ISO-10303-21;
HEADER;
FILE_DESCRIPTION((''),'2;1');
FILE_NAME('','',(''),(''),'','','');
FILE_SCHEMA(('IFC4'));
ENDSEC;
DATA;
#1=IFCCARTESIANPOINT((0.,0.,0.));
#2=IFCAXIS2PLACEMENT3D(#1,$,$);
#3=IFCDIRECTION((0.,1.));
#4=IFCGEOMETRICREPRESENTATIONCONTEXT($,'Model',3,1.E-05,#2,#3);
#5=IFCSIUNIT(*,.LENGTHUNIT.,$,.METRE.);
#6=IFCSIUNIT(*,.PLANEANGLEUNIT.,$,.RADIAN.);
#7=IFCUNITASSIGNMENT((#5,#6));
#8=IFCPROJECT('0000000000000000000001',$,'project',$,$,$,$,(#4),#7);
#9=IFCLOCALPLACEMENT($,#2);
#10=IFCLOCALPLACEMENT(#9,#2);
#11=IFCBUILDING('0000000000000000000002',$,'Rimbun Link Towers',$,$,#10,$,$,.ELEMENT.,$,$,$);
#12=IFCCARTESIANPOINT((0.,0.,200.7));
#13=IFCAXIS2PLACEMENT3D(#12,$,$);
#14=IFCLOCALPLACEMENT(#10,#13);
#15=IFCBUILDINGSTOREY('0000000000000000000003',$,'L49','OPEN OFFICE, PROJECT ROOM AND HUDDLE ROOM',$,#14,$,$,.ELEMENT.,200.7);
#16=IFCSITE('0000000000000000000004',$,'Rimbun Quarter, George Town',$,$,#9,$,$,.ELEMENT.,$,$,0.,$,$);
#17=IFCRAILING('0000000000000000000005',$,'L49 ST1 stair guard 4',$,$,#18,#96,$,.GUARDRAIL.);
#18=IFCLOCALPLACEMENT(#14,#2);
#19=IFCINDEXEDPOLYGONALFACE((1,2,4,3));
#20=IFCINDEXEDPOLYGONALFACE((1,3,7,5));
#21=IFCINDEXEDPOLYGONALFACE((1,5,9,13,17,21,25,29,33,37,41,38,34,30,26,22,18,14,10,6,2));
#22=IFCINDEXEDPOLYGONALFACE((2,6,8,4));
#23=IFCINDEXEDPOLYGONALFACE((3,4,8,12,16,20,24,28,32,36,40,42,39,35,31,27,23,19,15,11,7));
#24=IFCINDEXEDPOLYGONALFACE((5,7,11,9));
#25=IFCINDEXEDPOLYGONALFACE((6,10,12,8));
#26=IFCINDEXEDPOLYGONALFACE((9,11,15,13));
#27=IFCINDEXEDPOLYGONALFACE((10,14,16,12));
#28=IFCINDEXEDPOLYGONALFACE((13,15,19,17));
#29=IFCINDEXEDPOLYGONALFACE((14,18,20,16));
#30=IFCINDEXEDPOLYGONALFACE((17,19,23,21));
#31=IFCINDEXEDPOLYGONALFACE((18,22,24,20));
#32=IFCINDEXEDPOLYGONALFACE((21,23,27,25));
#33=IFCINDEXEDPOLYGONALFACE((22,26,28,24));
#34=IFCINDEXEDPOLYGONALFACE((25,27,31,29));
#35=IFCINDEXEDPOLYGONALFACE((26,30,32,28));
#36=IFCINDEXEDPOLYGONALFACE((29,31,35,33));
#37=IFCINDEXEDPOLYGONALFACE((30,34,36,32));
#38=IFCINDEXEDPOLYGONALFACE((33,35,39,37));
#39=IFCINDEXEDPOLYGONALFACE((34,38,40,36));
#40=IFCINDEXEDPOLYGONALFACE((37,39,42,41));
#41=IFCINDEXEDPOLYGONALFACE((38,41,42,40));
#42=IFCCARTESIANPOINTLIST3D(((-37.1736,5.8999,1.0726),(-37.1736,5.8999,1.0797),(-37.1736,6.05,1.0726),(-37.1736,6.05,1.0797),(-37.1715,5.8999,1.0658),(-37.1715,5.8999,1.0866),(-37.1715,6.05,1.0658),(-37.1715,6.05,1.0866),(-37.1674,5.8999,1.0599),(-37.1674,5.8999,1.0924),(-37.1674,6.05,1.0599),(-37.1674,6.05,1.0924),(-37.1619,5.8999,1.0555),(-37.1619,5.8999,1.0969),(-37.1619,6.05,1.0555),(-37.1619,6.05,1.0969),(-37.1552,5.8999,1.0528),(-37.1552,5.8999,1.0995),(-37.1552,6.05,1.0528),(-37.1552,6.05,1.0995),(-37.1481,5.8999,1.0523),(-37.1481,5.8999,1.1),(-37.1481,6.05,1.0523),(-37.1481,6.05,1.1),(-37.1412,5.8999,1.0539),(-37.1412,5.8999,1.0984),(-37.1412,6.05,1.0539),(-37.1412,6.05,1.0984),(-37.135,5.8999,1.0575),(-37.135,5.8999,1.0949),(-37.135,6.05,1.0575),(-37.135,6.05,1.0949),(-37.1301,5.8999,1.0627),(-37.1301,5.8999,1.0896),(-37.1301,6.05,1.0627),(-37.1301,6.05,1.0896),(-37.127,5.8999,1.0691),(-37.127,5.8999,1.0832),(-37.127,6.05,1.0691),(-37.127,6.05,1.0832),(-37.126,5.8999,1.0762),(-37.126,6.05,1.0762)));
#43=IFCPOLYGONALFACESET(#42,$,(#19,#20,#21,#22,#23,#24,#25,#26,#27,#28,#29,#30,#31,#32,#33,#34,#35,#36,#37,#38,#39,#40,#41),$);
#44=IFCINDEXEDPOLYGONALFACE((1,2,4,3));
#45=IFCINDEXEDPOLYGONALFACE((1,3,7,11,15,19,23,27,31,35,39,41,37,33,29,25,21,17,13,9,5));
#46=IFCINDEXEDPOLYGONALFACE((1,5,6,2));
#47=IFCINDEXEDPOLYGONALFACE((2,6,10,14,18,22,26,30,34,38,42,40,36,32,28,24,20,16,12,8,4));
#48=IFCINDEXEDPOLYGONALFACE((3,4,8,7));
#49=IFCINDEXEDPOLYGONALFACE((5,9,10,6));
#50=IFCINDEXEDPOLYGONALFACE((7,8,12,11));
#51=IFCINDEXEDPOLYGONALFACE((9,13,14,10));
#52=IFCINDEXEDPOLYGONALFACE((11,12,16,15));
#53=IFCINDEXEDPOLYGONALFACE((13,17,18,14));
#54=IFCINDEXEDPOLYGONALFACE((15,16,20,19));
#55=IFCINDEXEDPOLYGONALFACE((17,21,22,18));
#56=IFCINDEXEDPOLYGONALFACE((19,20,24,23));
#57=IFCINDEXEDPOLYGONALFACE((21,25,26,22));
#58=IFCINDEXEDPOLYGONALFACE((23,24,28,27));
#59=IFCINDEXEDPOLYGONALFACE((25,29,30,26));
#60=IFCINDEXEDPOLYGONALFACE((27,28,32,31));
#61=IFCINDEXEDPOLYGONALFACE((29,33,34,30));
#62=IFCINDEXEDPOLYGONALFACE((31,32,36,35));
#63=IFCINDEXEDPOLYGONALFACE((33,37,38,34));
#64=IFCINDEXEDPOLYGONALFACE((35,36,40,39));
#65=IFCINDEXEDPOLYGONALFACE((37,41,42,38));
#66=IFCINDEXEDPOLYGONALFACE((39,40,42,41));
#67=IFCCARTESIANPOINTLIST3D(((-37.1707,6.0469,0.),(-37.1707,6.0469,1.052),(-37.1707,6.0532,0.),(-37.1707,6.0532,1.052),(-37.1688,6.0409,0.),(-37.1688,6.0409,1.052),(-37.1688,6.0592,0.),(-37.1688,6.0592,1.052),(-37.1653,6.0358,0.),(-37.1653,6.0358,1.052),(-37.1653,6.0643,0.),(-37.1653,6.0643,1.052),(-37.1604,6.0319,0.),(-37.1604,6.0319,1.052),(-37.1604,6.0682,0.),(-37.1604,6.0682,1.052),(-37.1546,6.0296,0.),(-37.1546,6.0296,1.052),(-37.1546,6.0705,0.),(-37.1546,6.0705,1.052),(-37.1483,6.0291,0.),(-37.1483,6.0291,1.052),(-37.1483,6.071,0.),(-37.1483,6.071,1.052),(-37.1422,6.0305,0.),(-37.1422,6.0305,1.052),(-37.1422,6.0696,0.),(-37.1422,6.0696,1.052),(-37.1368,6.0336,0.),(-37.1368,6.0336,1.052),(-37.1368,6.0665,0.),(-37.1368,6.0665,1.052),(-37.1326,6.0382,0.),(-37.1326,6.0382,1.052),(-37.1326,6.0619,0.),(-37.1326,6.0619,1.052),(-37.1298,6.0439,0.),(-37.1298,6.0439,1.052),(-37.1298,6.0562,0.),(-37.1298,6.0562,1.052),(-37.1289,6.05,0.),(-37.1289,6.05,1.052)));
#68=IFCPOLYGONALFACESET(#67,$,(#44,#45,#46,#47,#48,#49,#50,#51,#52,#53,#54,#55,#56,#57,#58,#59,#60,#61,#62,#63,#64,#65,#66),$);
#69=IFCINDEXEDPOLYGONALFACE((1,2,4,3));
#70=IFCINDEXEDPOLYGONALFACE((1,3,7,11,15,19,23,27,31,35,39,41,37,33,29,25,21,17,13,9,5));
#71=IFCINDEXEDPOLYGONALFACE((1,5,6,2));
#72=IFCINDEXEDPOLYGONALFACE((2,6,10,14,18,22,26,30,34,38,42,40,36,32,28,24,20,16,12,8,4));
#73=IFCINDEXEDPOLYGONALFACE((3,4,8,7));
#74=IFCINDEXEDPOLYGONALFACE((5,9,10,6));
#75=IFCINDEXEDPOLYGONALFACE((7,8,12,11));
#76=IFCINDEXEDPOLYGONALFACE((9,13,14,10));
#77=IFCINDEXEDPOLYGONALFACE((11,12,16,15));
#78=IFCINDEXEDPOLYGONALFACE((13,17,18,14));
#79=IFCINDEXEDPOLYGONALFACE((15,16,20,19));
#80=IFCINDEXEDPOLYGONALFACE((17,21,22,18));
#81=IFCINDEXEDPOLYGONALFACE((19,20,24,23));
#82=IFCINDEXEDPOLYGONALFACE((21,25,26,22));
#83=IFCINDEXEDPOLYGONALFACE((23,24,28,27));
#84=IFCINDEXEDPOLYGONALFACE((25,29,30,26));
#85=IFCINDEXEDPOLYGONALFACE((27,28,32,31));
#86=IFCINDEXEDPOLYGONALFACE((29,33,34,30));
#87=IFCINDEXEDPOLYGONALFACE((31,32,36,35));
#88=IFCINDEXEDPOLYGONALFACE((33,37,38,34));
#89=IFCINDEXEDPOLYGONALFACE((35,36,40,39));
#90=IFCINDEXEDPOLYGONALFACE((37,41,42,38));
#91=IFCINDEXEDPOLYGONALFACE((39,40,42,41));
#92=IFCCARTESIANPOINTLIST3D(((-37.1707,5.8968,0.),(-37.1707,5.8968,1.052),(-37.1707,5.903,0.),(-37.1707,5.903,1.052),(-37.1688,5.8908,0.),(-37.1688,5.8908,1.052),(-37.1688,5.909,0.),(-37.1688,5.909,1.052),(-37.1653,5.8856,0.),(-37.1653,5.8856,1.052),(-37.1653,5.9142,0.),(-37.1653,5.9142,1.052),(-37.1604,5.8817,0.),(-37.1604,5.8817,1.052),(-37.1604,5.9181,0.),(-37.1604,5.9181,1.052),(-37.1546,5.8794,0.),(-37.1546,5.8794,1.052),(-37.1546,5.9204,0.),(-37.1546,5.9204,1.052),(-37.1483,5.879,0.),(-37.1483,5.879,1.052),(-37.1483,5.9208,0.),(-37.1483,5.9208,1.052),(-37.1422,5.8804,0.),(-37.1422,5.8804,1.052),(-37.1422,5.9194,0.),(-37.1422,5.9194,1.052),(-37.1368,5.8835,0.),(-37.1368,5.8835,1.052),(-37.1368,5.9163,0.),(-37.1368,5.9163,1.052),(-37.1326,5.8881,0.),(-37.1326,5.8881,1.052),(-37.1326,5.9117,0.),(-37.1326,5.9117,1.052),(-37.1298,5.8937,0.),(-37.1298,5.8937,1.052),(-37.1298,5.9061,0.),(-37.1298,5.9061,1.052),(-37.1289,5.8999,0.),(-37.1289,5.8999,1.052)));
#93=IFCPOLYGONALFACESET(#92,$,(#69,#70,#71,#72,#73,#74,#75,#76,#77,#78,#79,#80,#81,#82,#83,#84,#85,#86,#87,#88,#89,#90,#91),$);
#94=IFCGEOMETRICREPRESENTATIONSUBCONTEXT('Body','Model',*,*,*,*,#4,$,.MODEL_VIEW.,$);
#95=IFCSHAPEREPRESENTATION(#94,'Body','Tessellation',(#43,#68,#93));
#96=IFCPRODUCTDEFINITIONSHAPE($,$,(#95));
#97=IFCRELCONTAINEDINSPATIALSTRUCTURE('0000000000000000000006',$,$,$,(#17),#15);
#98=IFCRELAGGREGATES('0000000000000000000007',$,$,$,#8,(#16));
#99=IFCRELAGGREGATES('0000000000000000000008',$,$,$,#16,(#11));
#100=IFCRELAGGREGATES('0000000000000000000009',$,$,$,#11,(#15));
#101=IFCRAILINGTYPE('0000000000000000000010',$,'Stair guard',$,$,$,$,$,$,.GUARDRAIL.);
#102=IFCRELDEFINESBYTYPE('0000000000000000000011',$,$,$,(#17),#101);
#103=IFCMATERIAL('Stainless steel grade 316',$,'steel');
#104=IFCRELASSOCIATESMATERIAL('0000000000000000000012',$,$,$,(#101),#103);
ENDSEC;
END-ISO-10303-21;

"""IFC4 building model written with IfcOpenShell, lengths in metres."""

from ifc_helpers import new_model, si_unit, direction, frame, origin, origin_2d, place, context, subcontext, project, spatial, circle, extrude, material, type_object, element, save


model = new_model("IFC4")

# Units and contexts
model_context = context("Model", 3, precision=1e-05, world=origin(), true_north=direction((0.0, 1.0)))
body_context = subcontext(model_context, "Body", "Model", "MODEL_VIEW")
ifc_project = project(units=[si_unit("LENGTHUNIT", "METRE"), si_unit("PLANEANGLEUNIT", "RADIAN")], contexts=[model_context])

# Site, building, storey
site_placement = place(None, origin())
site = spatial("IfcSite", under=ifc_project, at=site_placement, Name="Rimbun Quarter, George Town", CompositionType="ELEMENT", RefElevation=0.0)
building_placement = place(site_placement, origin())
building = spatial("IfcBuilding", under=site, at=building_placement, Name="Rimbun Link Towers", CompositionType="ELEMENT")
storey_placement = place(building_placement, frame((0.0, 0.0, 200.7)))
storey = spatial("IfcBuildingStorey", under=building, at=storey_placement, Name="L49", Description="OPEN OFFICE, PROJECT ROOM AND HUDDLE ROOM", CompositionType="ELEMENT", Elevation=200.7)

# Railing
ifc_material_1 = material(Name="Stainless steel grade 316", Category="steel")
railing_type_1 = type_object("IfcRailingType", Name="Stair guard", PredefinedType="GUARDRAIL", material=ifc_material_1)
railing_1_placement = place(storey_placement, frame((-37.1499, 6.05, 0.0)))
element("IfcRailing", 1, at=railing_1_placement, inside=storey, type_object=railing_type_1, Name="L49 ST1 stair guard 4", PredefinedType="GUARDRAIL", context=body_context, shape_type="SweptSolid", body=[
    extrude(circle(Radius=0.0239, at=origin_2d()), frame((0.0, 0.0, 1.0762), z_axis=(0.0, -1.0, 0.0), x_axis=(1.0, 0.0, 0.0)), (0.0, 0.0, 1.0), 0.1501),
    extrude(circle(Radius=0.021, at=origin_2d()), origin(), (0.0, 0.0, 1.0), 1.052),
    extrude(circle(Radius=0.021, at=origin_2d()), frame((0.0, -0.1501, 0.0)), (0.0, 0.0, 1.0), 1.052),
])

save(model, "model.ifc")
